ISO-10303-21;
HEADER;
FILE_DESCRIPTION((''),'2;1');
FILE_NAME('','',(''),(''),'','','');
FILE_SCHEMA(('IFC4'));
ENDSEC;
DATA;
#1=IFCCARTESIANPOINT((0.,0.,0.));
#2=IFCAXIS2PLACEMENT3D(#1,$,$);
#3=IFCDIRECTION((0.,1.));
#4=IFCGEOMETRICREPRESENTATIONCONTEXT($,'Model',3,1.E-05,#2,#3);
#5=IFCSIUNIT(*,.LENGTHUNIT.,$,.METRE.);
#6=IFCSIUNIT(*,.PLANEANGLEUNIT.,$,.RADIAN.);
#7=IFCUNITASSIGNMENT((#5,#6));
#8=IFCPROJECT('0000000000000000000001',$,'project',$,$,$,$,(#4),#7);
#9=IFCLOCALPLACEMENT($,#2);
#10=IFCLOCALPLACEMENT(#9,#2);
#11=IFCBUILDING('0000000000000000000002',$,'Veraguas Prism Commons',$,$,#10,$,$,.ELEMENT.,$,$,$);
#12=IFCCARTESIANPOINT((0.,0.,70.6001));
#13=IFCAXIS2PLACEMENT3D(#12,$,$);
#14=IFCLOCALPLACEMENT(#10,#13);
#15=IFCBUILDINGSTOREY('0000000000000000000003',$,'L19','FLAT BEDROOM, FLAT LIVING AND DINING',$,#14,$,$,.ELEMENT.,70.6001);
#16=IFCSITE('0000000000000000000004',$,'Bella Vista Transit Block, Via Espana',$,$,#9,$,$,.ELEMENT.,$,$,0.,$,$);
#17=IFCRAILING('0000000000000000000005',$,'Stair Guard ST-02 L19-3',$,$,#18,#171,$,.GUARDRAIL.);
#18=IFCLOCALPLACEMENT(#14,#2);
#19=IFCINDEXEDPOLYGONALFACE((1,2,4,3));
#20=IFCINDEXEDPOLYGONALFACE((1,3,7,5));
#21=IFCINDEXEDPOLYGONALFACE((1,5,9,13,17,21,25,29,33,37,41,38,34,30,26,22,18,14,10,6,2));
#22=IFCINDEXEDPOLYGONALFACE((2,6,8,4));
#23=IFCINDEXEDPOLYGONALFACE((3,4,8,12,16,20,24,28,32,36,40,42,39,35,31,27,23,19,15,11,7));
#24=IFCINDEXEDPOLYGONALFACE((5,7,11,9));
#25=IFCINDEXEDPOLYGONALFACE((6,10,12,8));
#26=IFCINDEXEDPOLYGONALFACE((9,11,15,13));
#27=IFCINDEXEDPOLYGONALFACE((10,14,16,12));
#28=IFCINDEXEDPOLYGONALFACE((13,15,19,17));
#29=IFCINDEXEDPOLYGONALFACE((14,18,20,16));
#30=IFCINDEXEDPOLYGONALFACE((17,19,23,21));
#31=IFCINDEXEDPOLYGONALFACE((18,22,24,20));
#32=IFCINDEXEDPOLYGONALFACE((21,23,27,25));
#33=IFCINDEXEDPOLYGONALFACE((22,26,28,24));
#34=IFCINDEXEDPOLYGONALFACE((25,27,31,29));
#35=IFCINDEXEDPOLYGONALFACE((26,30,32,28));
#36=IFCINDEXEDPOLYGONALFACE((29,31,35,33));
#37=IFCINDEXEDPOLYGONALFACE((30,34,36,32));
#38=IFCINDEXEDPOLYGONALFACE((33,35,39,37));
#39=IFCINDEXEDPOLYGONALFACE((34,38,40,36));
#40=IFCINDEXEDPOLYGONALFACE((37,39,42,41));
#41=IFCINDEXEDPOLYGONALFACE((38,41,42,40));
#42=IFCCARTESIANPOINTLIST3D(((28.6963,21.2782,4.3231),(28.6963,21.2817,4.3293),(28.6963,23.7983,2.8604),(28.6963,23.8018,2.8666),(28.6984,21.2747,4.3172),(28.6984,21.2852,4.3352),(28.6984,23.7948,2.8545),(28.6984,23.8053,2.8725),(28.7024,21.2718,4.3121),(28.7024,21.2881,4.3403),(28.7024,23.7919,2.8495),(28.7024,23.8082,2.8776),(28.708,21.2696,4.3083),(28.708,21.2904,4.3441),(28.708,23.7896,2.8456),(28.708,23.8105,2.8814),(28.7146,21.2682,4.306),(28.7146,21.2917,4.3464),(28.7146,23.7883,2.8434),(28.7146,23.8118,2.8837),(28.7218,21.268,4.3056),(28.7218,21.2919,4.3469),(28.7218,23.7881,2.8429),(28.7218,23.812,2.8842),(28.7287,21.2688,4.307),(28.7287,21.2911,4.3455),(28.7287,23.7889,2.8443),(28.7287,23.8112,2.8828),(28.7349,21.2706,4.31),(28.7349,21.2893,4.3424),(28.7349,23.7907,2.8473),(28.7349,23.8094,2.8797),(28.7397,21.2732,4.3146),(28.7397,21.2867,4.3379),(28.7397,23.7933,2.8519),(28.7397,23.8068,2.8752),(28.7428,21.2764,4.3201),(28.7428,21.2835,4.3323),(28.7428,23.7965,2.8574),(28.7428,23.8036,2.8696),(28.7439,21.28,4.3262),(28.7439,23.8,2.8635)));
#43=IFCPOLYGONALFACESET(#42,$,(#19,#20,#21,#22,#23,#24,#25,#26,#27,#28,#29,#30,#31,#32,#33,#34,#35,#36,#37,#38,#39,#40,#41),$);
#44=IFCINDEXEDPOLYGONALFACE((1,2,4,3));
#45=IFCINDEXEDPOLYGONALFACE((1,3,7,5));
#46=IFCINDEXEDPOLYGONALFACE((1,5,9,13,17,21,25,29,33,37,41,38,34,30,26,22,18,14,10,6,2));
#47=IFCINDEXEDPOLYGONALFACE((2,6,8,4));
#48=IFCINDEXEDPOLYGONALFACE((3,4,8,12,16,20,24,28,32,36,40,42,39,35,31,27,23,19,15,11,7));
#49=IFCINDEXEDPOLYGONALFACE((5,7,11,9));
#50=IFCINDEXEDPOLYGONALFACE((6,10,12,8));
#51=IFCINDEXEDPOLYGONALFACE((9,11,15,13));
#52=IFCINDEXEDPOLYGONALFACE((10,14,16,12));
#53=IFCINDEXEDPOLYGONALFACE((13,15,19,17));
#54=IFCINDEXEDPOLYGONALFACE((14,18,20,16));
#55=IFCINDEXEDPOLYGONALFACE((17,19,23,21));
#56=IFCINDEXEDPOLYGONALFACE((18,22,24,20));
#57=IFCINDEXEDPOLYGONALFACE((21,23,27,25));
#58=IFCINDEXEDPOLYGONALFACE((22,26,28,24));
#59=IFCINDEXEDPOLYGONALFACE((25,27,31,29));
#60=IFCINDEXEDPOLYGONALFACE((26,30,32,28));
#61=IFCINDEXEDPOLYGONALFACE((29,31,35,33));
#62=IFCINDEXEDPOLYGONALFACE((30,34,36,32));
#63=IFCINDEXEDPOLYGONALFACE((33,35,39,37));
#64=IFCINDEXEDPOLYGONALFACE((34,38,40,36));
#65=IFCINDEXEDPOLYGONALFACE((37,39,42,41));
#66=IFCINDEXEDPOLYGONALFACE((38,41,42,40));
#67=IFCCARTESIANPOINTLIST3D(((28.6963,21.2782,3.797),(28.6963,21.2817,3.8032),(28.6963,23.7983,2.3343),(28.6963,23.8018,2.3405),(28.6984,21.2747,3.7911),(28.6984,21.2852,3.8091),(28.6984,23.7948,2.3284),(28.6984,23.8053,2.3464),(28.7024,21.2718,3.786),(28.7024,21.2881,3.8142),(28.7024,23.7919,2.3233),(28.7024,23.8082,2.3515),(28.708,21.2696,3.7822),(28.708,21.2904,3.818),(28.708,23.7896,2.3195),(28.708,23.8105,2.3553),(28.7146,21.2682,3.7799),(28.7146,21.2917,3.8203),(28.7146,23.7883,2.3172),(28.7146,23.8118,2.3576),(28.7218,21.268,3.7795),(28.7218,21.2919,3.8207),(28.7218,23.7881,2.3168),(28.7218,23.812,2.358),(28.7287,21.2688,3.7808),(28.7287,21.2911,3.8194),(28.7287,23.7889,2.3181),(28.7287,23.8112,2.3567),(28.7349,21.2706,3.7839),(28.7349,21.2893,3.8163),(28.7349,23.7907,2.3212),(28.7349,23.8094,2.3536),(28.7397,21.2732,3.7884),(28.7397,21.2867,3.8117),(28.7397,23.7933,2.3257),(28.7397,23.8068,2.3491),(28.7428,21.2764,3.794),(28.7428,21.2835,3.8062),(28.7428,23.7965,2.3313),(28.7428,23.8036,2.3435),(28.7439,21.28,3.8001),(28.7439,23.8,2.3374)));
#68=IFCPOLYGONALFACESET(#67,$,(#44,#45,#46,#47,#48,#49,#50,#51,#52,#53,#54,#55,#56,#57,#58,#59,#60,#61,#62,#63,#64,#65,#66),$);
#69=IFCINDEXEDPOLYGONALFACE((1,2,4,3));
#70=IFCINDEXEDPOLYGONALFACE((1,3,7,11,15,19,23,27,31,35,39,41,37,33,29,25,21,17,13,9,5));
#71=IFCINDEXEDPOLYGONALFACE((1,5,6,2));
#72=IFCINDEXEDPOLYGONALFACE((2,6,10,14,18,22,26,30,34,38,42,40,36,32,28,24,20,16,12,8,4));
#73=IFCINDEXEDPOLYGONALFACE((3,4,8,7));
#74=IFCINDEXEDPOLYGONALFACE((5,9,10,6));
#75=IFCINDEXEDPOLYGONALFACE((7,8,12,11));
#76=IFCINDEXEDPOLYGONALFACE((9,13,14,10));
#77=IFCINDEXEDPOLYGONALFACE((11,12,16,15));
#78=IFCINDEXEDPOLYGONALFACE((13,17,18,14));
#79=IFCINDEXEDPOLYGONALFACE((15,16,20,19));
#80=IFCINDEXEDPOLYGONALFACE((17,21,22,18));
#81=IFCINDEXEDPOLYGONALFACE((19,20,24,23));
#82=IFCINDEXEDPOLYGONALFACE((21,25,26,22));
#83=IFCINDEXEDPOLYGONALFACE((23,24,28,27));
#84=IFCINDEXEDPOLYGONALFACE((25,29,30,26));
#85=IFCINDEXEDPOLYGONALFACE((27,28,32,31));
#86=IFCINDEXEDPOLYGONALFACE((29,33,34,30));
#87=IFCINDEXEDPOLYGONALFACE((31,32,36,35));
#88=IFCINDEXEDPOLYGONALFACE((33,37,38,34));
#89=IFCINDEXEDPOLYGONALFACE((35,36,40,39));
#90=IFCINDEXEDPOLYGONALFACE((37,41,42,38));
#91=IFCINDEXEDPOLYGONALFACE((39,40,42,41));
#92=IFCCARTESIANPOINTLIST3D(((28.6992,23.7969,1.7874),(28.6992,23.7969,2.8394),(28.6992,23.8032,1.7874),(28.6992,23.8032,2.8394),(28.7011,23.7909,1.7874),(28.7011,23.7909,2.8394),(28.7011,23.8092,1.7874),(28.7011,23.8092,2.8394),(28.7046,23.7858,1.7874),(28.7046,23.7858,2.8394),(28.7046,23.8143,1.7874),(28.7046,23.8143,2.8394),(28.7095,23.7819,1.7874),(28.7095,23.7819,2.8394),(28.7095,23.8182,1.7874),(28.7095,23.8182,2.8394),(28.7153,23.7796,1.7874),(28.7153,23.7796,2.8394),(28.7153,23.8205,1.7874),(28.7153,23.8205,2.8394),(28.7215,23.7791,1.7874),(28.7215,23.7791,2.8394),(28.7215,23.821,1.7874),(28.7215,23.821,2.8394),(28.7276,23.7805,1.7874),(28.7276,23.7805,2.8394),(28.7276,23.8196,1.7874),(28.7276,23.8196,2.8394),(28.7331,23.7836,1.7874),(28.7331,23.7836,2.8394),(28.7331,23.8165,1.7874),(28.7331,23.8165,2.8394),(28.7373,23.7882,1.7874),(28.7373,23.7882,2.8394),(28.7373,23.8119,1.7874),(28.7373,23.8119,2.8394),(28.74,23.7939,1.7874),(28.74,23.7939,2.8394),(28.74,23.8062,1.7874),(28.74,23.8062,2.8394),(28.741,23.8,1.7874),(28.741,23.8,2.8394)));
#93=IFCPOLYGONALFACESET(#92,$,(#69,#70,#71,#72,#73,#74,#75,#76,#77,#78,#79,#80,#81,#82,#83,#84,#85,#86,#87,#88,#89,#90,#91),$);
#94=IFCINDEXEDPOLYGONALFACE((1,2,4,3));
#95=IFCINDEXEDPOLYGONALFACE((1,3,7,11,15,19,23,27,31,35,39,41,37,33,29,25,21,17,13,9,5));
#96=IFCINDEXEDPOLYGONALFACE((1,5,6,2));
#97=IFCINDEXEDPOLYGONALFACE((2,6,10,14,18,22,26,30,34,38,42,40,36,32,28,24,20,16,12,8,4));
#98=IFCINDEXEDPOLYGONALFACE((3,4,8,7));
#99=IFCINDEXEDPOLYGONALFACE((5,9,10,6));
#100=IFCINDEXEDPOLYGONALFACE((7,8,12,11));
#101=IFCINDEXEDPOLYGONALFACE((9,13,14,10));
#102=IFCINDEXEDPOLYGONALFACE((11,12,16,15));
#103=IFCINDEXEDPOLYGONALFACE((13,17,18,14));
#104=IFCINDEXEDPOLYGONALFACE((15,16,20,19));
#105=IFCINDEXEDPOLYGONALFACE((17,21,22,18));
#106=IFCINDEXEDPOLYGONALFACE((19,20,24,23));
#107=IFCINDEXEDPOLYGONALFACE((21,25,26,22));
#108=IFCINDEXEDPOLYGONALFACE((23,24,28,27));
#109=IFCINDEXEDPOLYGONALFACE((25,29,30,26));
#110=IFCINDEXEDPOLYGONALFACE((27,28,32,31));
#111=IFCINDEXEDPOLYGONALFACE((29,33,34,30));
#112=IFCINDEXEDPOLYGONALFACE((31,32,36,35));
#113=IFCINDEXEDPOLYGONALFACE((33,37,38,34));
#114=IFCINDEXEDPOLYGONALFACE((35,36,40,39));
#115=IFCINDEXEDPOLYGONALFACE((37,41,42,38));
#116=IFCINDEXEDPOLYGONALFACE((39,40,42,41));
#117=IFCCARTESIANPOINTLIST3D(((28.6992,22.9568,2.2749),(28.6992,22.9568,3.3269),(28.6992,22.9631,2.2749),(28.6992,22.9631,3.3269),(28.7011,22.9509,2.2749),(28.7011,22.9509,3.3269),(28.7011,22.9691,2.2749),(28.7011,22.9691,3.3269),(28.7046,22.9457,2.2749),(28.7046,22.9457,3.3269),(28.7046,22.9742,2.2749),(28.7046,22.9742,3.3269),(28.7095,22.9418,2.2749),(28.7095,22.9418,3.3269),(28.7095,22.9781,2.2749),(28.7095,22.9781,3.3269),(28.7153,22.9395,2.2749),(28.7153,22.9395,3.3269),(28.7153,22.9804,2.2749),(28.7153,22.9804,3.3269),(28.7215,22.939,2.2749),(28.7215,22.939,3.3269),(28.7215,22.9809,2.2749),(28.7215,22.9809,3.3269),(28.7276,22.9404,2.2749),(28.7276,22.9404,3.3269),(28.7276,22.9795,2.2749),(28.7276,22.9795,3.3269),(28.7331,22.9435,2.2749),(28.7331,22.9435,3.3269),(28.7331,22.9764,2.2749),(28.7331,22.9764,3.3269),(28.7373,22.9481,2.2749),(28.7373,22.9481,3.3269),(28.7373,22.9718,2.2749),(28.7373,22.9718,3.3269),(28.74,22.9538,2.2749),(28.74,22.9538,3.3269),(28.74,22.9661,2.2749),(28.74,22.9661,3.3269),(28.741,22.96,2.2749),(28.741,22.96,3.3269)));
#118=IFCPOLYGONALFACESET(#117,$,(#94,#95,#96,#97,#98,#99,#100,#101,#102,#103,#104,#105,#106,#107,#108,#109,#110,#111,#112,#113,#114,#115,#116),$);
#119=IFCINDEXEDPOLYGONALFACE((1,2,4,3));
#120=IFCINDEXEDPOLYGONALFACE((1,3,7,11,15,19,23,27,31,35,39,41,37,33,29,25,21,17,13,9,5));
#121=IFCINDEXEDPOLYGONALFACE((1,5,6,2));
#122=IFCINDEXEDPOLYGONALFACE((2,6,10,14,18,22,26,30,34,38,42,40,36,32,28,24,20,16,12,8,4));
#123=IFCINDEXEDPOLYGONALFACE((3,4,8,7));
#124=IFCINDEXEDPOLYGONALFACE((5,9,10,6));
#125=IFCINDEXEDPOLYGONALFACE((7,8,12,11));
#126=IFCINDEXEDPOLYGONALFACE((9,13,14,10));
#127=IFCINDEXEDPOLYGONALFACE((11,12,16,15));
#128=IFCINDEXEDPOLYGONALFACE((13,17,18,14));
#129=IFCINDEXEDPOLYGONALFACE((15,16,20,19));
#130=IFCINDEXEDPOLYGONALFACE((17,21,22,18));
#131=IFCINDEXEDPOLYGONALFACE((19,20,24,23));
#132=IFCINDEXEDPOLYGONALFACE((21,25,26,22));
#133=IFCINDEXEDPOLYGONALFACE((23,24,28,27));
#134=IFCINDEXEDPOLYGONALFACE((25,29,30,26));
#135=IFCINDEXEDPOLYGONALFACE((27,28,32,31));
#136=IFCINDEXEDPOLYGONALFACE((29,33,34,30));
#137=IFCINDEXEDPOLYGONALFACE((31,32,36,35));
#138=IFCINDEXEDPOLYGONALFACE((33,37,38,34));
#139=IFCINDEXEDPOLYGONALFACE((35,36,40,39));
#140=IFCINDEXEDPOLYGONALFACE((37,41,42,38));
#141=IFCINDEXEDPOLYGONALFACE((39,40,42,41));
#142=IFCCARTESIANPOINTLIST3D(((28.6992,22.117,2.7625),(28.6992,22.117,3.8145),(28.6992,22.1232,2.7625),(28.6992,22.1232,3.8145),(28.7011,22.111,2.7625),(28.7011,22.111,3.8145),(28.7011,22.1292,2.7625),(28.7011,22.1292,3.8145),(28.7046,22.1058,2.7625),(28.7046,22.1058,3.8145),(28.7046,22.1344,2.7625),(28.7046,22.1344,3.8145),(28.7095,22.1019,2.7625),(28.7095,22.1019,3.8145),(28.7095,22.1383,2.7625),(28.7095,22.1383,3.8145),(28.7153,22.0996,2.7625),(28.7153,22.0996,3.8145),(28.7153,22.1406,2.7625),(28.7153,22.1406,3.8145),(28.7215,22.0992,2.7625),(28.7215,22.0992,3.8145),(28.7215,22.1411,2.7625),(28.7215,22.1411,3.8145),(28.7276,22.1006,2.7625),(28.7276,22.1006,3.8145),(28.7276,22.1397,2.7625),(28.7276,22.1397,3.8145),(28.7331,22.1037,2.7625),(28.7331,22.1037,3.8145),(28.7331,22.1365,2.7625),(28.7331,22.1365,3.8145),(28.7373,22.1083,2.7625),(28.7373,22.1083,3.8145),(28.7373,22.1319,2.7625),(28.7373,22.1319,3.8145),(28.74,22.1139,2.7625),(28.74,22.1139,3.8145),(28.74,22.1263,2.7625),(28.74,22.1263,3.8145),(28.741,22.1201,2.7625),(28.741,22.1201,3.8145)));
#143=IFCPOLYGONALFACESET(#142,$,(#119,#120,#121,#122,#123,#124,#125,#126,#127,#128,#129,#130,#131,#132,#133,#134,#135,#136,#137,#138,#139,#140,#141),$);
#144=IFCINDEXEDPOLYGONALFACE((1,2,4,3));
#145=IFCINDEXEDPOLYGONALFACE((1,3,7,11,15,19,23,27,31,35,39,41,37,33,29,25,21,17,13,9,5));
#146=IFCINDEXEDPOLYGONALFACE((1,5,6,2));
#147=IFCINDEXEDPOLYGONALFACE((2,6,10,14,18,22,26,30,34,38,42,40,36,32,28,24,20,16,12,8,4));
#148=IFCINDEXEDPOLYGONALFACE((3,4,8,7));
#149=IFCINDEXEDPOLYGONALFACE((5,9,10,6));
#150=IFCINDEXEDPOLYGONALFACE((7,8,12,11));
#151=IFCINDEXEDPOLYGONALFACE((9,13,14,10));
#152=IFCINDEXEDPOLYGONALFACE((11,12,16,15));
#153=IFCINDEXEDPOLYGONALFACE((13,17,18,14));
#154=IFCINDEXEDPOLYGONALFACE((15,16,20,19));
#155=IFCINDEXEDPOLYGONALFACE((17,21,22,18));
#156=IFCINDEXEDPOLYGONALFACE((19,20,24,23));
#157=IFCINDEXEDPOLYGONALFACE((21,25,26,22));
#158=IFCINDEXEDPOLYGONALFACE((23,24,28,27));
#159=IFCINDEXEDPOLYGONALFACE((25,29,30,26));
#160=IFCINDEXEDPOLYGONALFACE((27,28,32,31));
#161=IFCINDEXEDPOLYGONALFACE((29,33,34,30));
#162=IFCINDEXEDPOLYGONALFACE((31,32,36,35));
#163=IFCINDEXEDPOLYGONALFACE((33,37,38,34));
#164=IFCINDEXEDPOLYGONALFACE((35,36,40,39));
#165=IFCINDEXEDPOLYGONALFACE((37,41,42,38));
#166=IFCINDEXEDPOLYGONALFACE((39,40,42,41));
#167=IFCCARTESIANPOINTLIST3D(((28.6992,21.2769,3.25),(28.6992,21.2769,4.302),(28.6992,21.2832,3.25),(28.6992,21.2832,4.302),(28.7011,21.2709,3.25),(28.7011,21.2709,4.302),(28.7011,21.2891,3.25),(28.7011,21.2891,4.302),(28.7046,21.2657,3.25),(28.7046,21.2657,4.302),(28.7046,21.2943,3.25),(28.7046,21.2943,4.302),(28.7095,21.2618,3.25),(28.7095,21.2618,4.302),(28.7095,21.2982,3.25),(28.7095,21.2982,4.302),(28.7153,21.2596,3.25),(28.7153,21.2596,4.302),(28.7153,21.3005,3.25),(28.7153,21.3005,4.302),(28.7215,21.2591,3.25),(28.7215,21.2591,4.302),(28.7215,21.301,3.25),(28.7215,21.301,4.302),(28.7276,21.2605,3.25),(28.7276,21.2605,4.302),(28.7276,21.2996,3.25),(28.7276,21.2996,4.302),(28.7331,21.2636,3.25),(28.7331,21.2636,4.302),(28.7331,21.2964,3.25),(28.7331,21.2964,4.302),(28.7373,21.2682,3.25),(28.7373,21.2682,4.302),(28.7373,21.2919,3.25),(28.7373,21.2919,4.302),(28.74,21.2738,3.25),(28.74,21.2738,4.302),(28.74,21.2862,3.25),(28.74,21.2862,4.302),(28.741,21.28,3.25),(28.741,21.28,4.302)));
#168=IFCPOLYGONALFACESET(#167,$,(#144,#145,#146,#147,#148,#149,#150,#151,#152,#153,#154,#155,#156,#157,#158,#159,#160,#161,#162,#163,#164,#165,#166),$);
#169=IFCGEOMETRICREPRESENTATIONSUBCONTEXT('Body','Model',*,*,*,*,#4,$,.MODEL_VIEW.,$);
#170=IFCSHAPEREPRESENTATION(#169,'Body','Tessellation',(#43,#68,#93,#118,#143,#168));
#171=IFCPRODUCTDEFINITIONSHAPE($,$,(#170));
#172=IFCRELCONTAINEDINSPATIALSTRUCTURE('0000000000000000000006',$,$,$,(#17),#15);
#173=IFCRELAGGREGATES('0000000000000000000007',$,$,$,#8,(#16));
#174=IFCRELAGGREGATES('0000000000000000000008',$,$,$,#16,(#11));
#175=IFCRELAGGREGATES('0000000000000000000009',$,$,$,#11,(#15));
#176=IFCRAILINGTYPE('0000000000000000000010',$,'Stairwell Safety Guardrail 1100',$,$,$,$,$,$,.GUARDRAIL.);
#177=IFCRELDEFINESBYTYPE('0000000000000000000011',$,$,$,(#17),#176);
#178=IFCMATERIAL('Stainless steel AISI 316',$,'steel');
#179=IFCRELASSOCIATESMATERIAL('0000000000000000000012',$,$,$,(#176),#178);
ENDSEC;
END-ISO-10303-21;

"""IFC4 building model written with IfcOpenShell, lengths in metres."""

from ifc_helpers import new_model, si_unit, direction, frame, origin, origin_2d, place, context, subcontext, project, spatial, circle, extrude, material, type_object, element, save


model = new_model("IFC4")

# Units and contexts
model_context = context("Model", 3, precision=1e-05, world=origin(), true_north=direction((0.0, 1.0)))
body_context = subcontext(model_context, "Body", "Model", "MODEL_VIEW")
ifc_project = project(units=[si_unit("LENGTHUNIT", "METRE"), si_unit("PLANEANGLEUNIT", "RADIAN")], contexts=[model_context])

# Site, building, storey
site_placement = place(None, origin())
site = spatial("IfcSite", under=ifc_project, at=site_placement, Name="Bella Vista Transit Block, Via Espana", CompositionType="ELEMENT", RefElevation=0.0)
building_placement = place(site_placement, origin())
building = spatial("IfcBuilding", under=site, at=building_placement, Name="Veraguas Prism Commons", CompositionType="ELEMENT")
storey_placement = place(building_placement, frame((0.0, 0.0, 70.6001)))
storey = spatial("IfcBuildingStorey", under=building, at=storey_placement, Name="L19", Description="FLAT BEDROOM, FLAT LIVING AND DINING", CompositionType="ELEMENT", Elevation=70.6001)

# Shared definitions
ifc_material_1 = material(Name="Stainless steel AISI 316", Category="steel")

# Railing
railing_type_1 = type_object("IfcRailingType", Name="Stairwell Safety Guardrail 1100", PredefinedType="GUARDRAIL", material=ifc_material_1)
railing_1_placement = place(storey_placement, frame((28.72, 23.8, 1.7874)))
element("IfcRailing", 1, at=railing_1_placement, inside=storey, type_object=railing_type_1, Name="Stair Guard ST-02 L19-3", PredefinedType="GUARDRAIL", context=body_context, shape_type="SweptSolid", body=[
    extrude(circle(Radius=0.0239, at=origin_2d()), frame((0.0, 0.0, 1.0762), z_axis=(0.0, -0.864877, 0.501984), x_axis=(1.0, 0.0, 0.0)), (0.0, 0.0, 1.0), 2.9138),
    extrude(circle(Radius=0.0239, at=origin_2d()), frame((0.0, 0.0, 0.55), z_axis=(0.0, -0.864877, 0.501984), x_axis=(1.0, 0.0, 0.0)), (0.0, 0.0, 1.0), 2.9138),
    extrude(circle(Radius=0.021, at=origin_2d()), origin(), (0.0, 0.0, 1.0), 1.052),
    extrude(circle(Radius=0.021, at=origin_2d()), frame((0.0, -0.8401, 0.4875)), (0.0, 0.0, 1.0), 1.052),
    extrude(circle(Radius=0.021, at=origin_2d()), frame((0.0, -1.6799, 0.9751)), (0.0, 0.0, 1.0), 1.052),
    extrude(circle(Radius=0.021, at=origin_2d()), frame((0.0, -2.52, 1.4626)), (0.0, 0.0, 1.0), 1.052),
])

save(model, "model.ifc")
